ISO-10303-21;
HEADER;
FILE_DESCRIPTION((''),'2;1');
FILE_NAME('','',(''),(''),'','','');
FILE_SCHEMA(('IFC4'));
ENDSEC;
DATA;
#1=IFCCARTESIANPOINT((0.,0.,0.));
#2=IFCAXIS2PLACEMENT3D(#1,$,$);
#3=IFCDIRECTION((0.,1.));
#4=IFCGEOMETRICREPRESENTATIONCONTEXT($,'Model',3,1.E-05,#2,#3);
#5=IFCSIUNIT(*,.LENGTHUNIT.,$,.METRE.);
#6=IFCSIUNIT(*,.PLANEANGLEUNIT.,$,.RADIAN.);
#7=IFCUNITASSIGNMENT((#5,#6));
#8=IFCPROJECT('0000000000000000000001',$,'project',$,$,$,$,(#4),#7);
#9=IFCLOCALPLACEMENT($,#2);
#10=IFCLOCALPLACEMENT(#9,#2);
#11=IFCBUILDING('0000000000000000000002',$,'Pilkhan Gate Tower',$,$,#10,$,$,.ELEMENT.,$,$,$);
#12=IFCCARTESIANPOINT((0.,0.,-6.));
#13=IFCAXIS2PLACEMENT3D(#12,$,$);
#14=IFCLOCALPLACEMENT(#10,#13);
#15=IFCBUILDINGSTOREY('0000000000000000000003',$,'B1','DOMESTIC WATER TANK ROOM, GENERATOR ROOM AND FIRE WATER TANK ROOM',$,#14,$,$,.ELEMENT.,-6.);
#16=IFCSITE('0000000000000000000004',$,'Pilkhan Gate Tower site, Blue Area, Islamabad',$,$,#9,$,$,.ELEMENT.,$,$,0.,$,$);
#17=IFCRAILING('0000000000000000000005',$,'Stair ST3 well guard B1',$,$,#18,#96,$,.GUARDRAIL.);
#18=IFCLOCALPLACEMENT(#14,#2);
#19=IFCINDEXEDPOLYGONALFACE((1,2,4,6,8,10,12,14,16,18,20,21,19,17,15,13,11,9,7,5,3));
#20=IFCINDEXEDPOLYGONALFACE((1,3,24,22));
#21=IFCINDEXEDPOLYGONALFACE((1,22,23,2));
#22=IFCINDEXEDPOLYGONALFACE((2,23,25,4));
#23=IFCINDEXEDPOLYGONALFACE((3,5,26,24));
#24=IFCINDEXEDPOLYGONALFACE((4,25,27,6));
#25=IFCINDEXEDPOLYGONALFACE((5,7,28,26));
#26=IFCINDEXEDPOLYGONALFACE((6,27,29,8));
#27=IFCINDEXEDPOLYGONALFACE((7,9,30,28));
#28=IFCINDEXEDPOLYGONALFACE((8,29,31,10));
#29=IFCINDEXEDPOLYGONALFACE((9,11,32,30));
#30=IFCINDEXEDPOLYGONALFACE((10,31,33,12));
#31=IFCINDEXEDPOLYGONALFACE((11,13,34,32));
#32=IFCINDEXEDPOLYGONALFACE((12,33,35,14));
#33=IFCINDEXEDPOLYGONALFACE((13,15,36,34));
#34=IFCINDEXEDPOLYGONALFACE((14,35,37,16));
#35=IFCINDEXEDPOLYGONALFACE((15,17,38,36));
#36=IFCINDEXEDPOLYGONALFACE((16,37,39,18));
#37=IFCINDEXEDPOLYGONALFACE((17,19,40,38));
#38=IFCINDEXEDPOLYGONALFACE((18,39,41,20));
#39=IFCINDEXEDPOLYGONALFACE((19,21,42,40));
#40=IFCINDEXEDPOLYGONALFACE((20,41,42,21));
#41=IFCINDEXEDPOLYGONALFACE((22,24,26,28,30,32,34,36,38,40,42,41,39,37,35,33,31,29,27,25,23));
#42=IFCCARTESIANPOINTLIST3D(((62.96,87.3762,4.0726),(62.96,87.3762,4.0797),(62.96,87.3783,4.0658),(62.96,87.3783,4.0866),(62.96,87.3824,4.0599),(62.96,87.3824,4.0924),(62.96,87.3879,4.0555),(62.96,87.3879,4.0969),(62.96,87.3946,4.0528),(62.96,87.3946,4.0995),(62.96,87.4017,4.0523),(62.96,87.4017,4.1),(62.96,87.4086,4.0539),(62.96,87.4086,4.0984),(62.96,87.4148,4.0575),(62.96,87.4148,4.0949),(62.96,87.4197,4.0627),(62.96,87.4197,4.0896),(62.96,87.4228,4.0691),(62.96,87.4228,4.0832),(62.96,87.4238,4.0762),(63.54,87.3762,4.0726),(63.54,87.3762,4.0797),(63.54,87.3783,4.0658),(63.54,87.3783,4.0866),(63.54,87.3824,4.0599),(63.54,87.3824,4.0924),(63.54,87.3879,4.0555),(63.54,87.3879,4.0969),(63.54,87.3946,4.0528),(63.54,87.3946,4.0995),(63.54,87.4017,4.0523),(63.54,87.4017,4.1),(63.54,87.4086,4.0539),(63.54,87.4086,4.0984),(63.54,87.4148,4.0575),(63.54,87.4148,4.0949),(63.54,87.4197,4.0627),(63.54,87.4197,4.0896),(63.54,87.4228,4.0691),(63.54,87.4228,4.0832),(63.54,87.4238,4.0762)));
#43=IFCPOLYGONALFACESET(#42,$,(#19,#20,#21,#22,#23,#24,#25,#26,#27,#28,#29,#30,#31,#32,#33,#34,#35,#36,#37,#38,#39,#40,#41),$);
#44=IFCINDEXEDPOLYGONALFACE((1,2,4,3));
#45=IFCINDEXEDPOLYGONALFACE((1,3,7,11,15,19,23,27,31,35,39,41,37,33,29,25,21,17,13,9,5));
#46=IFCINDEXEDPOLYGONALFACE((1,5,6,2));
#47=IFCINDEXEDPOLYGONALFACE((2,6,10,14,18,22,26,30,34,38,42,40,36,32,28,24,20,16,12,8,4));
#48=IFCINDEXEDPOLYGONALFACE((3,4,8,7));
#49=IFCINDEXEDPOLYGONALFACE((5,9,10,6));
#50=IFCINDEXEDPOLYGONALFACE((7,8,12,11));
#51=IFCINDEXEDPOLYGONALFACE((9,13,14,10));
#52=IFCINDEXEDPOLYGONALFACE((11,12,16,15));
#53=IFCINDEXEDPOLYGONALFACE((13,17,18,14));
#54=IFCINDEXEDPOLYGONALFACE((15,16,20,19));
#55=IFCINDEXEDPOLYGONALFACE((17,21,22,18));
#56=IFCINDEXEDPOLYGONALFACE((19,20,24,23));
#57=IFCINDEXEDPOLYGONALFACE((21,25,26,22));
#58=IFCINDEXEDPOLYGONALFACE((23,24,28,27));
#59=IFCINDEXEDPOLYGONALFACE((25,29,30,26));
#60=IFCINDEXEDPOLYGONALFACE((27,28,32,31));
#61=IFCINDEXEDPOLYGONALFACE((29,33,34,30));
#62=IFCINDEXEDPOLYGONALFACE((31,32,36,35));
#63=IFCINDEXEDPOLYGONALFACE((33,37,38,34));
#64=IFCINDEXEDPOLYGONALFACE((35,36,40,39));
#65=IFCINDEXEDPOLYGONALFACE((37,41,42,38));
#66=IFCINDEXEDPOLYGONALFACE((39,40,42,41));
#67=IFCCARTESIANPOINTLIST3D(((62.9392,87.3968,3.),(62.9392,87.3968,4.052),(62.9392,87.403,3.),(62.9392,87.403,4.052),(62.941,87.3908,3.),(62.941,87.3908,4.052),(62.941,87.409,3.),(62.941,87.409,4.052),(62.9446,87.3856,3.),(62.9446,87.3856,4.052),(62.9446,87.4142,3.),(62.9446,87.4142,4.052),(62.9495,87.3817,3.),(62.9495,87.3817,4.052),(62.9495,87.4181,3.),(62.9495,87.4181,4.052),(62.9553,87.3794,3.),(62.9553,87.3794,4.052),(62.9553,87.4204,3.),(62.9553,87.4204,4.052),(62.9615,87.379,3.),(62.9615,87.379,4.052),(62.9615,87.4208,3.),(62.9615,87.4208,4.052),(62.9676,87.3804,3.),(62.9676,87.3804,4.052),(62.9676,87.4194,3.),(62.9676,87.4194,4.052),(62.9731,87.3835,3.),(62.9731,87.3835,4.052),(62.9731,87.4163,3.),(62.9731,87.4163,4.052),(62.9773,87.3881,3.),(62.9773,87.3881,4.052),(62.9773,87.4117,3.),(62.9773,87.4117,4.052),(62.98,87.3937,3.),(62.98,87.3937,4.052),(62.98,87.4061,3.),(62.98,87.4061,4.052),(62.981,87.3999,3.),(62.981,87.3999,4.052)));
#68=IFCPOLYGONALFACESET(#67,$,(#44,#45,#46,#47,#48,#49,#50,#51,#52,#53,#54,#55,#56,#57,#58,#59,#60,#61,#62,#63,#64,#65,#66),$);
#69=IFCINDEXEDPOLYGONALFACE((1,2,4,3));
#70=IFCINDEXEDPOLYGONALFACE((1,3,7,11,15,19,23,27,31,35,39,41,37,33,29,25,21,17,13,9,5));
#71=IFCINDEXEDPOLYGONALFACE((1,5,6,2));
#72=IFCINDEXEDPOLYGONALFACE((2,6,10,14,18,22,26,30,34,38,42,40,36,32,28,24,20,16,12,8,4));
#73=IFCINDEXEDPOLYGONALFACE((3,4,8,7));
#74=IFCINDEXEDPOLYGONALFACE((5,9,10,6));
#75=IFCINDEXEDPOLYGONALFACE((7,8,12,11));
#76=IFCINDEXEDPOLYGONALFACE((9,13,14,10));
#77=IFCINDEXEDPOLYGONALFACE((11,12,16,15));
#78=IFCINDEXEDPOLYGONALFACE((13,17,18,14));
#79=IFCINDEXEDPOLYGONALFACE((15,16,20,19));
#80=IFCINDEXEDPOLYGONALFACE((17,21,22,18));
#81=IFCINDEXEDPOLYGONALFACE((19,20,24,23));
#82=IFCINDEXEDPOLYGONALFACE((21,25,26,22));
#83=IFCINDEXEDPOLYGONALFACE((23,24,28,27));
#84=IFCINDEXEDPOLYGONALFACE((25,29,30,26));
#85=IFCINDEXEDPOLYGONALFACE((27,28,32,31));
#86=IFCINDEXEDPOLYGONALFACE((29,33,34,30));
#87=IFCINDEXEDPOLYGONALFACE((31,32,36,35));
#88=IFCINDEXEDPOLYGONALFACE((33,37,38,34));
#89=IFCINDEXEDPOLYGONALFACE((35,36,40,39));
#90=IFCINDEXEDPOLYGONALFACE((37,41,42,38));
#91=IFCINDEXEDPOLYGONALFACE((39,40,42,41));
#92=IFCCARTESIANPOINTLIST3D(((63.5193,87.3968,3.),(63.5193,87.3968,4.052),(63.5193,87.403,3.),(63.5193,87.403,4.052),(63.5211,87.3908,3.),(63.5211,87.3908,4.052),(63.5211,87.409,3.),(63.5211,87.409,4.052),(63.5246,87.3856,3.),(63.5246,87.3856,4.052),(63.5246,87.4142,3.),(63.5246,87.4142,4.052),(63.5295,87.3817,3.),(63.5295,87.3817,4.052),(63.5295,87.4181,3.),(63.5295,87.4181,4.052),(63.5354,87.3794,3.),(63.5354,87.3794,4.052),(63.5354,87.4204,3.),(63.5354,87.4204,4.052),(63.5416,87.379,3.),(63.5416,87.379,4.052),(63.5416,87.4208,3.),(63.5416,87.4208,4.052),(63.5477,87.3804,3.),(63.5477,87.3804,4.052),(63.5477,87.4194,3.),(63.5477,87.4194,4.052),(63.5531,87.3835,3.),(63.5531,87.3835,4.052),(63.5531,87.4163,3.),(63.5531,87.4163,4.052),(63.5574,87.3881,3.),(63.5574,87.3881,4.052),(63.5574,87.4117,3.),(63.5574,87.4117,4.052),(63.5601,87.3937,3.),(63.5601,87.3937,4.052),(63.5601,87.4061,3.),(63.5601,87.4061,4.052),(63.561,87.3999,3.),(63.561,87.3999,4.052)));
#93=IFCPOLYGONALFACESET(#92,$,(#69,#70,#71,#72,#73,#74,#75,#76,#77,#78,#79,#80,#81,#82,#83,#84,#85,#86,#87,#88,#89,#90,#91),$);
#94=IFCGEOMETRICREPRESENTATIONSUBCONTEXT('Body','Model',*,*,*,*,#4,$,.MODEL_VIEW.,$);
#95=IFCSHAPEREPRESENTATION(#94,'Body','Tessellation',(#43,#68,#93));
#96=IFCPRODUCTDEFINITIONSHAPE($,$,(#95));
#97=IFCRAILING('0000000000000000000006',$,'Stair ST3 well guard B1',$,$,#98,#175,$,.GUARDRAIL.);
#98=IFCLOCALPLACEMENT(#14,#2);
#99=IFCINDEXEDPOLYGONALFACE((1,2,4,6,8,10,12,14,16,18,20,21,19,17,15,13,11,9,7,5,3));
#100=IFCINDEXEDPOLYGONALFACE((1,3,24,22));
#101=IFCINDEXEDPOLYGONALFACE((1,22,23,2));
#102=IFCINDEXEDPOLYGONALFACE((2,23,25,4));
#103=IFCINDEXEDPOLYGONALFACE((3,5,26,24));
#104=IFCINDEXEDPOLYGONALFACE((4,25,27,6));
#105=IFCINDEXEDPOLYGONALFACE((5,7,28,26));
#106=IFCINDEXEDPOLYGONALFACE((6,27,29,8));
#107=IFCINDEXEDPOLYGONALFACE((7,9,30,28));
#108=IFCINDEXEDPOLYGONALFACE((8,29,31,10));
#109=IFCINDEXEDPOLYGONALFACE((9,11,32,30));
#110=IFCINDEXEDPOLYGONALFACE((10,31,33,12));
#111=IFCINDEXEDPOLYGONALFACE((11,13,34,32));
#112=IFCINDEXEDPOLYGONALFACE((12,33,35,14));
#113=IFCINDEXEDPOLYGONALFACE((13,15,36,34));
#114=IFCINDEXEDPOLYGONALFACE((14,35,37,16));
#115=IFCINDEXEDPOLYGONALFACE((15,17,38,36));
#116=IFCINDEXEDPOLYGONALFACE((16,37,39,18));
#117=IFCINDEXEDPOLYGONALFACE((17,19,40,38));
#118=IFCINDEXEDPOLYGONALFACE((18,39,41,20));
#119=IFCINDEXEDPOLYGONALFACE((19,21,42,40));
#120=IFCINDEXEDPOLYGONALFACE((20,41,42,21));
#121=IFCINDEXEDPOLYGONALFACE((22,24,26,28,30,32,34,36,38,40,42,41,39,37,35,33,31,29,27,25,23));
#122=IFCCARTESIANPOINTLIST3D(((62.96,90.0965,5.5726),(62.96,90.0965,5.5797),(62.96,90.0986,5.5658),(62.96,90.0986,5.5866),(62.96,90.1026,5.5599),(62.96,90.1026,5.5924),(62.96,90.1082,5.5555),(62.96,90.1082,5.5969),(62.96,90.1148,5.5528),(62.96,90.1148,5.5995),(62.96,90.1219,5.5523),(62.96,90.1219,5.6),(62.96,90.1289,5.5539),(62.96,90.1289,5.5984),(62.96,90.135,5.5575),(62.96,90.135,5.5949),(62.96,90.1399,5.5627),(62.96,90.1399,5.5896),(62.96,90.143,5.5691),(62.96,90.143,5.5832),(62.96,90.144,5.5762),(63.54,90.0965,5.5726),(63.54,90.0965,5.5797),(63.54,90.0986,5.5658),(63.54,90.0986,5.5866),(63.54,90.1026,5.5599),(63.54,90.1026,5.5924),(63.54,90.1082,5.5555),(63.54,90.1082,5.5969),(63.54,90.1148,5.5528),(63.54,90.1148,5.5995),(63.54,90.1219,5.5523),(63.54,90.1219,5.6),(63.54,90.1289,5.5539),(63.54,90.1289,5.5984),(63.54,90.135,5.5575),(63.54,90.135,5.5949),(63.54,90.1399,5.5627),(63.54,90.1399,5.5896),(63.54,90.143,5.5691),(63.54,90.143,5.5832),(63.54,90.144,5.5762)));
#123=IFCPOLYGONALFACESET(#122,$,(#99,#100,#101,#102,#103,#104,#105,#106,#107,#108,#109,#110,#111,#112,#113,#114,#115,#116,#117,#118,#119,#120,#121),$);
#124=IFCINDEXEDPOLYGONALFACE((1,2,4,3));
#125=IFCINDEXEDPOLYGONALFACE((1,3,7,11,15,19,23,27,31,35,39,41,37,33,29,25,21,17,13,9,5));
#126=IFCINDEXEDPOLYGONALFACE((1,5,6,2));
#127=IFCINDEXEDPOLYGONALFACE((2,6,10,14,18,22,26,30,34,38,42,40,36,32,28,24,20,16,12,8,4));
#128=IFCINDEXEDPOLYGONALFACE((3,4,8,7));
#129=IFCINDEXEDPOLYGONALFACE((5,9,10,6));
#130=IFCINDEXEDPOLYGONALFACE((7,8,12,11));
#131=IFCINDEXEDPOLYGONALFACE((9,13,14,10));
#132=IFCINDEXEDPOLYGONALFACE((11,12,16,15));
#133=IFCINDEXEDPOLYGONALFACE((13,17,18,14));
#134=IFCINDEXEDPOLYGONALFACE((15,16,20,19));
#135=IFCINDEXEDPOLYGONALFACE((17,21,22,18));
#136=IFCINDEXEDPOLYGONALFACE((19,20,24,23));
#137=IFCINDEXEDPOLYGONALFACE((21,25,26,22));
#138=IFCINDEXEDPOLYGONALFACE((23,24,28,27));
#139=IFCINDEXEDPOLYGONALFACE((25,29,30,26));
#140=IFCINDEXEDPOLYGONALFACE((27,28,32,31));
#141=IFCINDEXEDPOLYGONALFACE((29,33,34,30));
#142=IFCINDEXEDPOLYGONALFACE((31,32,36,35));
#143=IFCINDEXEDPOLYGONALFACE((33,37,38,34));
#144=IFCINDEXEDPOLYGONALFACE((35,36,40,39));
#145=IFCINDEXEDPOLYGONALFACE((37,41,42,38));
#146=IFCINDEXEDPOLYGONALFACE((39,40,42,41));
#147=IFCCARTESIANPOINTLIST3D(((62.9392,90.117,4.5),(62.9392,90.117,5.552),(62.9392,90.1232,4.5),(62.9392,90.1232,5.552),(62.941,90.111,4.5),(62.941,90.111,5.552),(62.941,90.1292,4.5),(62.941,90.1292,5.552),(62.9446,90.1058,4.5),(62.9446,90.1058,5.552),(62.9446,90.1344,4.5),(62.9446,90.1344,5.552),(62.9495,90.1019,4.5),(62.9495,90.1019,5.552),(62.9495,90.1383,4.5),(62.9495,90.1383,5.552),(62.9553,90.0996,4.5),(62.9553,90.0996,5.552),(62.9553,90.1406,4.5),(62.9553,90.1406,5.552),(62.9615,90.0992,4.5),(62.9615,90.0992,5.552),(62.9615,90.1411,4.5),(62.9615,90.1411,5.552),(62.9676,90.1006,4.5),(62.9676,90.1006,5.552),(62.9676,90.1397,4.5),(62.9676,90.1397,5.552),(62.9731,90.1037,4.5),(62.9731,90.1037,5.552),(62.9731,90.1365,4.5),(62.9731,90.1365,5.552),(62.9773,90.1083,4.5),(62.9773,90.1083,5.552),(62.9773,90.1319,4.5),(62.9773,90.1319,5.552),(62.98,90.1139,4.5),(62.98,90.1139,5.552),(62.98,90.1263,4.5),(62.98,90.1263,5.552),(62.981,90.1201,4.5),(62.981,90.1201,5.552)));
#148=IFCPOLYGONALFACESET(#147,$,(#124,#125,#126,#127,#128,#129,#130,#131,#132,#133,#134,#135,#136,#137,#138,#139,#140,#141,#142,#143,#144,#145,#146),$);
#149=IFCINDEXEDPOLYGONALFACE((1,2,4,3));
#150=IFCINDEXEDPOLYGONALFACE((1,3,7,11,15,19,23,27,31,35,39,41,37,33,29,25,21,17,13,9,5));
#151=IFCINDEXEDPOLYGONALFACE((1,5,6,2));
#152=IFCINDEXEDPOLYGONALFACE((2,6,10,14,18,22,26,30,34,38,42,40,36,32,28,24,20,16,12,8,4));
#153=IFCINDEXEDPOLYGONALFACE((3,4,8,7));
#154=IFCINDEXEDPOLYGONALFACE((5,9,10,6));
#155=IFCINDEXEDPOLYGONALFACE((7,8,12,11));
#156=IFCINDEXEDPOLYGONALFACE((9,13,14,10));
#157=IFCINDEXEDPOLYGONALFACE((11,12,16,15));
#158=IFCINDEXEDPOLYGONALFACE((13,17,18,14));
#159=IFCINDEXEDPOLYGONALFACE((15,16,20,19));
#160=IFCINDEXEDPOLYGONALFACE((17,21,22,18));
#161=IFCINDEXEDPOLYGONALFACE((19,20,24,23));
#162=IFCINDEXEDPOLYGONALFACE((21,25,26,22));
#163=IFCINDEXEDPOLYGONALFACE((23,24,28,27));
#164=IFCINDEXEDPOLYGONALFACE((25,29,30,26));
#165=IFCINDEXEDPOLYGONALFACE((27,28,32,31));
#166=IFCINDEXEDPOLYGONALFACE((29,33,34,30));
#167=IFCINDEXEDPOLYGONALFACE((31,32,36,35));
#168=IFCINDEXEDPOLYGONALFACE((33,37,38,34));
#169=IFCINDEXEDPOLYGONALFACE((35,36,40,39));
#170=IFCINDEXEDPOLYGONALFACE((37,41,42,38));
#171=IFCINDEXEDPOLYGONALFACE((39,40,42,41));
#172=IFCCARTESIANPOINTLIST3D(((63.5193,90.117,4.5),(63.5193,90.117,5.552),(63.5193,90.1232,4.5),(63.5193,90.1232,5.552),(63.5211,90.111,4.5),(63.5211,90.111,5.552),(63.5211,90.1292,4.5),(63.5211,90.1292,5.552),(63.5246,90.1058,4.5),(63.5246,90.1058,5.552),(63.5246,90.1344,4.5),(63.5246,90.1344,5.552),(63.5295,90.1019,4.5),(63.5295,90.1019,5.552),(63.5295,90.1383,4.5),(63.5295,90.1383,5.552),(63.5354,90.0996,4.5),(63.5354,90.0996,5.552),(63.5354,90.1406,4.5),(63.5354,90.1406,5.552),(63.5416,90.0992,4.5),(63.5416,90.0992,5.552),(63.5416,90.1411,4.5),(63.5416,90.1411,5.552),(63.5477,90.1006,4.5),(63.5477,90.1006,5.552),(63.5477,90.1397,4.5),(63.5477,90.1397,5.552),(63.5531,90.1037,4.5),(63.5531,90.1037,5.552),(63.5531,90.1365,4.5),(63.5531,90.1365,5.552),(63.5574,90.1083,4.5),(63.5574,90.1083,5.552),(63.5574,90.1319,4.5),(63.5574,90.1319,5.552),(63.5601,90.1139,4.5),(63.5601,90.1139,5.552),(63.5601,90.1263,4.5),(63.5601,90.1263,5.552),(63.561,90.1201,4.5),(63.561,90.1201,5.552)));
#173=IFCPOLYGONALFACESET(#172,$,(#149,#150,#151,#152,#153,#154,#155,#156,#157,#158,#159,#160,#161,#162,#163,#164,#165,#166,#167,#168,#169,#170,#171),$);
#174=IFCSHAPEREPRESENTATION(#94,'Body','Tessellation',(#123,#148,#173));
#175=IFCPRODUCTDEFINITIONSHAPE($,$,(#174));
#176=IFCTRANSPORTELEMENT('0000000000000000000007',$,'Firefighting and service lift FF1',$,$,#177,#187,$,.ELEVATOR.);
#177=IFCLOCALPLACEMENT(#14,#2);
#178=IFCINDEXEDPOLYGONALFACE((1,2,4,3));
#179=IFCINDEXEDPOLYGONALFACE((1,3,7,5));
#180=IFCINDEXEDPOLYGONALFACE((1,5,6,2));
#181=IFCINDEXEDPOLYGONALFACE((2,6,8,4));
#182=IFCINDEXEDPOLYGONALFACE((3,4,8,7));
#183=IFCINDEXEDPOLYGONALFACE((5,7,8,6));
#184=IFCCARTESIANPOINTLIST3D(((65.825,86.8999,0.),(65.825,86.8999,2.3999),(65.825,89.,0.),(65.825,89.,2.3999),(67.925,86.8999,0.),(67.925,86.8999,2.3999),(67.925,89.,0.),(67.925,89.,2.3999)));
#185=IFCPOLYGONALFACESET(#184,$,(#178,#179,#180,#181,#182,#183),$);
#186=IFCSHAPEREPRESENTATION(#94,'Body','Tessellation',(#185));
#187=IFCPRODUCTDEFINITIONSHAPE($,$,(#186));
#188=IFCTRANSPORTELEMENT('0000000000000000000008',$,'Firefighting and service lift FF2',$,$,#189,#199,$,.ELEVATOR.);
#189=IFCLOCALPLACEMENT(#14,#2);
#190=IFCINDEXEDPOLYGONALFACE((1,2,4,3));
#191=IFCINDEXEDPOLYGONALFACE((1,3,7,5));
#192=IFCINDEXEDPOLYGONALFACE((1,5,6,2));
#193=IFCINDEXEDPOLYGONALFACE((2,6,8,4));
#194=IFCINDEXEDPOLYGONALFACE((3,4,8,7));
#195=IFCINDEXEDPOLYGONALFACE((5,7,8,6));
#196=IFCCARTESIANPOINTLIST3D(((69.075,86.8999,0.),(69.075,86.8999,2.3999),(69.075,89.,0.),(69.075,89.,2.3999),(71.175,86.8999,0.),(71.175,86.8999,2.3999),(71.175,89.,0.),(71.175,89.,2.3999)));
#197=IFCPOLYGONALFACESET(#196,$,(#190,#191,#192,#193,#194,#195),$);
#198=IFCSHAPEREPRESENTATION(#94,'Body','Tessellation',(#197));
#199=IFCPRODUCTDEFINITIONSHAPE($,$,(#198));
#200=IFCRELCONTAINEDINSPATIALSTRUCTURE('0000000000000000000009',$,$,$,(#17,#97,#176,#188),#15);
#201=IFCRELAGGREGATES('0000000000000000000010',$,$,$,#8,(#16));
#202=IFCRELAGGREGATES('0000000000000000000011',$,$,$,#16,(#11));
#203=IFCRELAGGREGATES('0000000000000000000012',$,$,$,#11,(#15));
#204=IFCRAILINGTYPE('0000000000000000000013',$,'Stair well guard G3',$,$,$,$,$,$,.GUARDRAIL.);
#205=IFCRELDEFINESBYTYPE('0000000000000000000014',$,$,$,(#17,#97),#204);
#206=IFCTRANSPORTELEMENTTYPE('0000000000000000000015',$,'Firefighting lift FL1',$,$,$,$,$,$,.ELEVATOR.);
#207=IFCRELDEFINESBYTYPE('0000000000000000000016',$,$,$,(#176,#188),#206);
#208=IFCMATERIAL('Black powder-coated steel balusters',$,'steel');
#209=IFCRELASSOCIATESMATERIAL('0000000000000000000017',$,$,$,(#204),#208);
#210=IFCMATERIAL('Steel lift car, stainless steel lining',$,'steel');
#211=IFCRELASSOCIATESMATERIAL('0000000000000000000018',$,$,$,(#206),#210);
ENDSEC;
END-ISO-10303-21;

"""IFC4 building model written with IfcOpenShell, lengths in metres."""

from ifc_helpers import new_model, si_unit, direction, frame, origin, origin_2d, place, context, subcontext, project, spatial, rectangle, circle, extrude, material, type_object, element, save


model = new_model("IFC4")

# Units and contexts
model_context = context("Model", 3, precision=1e-05, world=origin(), true_north=direction((0.0, 1.0)))
body_context = subcontext(model_context, "Body", "Model", "MODEL_VIEW")
ifc_project = project(units=[si_unit("LENGTHUNIT", "METRE"), si_unit("PLANEANGLEUNIT", "RADIAN")], contexts=[model_context])

# Site, building, storey
site_placement = place(None, origin())
site = spatial("IfcSite", under=ifc_project, at=site_placement, Name="Pilkhan Gate Tower site, Blue Area, Islamabad", CompositionType="ELEMENT", RefElevation=0.0)
building_placement = place(site_placement, origin())
building = spatial("IfcBuilding", under=site, at=building_placement, Name="Pilkhan Gate Tower", CompositionType="ELEMENT")
storey_placement = place(building_placement, frame((0.0, 0.0, -6.0)))
storey = spatial("IfcBuildingStorey", under=building, at=storey_placement, Name="B1", Description="DOMESTIC WATER TANK ROOM, GENERATOR ROOM AND FIRE WATER TANK ROOM", CompositionType="ELEMENT", Elevation=-6.0)

# Railings
ifc_material_1 = material(Name="Black powder-coated steel balusters", Category="steel")
railing_type_1 = type_object("IfcRailingType", Name="Stair well guard G3", PredefinedType="GUARDRAIL", material=ifc_material_1)
for number, where, name in (
    (1, (62.96, 87.3999, 3.0), "Stair ST3 well guard B1"),
    (2, (62.96, 90.1201, 4.5), "Stair ST3 well guard B1"),
):
    element("IfcRailing", number, at=place(storey_placement, frame(where)), inside=storey, type_object=railing_type_1, Name=name, PredefinedType="GUARDRAIL", context=body_context, shape_type="SweptSolid", body=[
        extrude(circle(Radius=0.0239, at=origin_2d()), frame((0.0, 0.0, 1.0762), z_axis=(1.0, 0.0, 0.0), x_axis=(0.0, 1.0, 0.0)), (0.0, 0.0, 1.0), 0.5801),
        extrude(circle(Radius=0.021, at=origin_2d()), origin(), (0.0, 0.0, 1.0), 1.052),
        extrude(circle(Radius=0.021, at=origin_2d()), frame((0.5801, 0.0, 0.0)), (0.0, 0.0, 1.0), 1.052),
    ])

# Transport elements
ifc_material_2 = material(Name="Steel lift car, stainless steel lining", Category="steel")
transport_element_type = type_object("IfcTransportElementType", Name="Firefighting lift FL1", PredefinedType="ELEVATOR", material=ifc_material_2)
for number, where, z_axis, x_axis, name in (
    (3, (66.875, 87.95, 0.0), (0.0, 0.0, 1.0), (1.0, 0.0, 0.0), "Firefighting and service lift FF1"),
    (4, (70.125, 87.95, 0.0), (0.0, 0.0, 1.0), (1.0, 0.0, 0.0), "Firefighting and service lift FF2"),
):
    element("IfcTransportElement", number, at=place(storey_placement, frame(where, z_axis=z_axis, x_axis=x_axis)), inside=storey, type_object=transport_element_type, Name=name, PredefinedType="ELEVATOR", context=body_context, shape_type="SweptSolid", body=[
        extrude(rectangle(XDim=2.1001, YDim=2.1001, at=origin_2d()), origin(), (0.0, 0.0, 1.0), 2.3999),
    ])

save(model, "model.ifc")
